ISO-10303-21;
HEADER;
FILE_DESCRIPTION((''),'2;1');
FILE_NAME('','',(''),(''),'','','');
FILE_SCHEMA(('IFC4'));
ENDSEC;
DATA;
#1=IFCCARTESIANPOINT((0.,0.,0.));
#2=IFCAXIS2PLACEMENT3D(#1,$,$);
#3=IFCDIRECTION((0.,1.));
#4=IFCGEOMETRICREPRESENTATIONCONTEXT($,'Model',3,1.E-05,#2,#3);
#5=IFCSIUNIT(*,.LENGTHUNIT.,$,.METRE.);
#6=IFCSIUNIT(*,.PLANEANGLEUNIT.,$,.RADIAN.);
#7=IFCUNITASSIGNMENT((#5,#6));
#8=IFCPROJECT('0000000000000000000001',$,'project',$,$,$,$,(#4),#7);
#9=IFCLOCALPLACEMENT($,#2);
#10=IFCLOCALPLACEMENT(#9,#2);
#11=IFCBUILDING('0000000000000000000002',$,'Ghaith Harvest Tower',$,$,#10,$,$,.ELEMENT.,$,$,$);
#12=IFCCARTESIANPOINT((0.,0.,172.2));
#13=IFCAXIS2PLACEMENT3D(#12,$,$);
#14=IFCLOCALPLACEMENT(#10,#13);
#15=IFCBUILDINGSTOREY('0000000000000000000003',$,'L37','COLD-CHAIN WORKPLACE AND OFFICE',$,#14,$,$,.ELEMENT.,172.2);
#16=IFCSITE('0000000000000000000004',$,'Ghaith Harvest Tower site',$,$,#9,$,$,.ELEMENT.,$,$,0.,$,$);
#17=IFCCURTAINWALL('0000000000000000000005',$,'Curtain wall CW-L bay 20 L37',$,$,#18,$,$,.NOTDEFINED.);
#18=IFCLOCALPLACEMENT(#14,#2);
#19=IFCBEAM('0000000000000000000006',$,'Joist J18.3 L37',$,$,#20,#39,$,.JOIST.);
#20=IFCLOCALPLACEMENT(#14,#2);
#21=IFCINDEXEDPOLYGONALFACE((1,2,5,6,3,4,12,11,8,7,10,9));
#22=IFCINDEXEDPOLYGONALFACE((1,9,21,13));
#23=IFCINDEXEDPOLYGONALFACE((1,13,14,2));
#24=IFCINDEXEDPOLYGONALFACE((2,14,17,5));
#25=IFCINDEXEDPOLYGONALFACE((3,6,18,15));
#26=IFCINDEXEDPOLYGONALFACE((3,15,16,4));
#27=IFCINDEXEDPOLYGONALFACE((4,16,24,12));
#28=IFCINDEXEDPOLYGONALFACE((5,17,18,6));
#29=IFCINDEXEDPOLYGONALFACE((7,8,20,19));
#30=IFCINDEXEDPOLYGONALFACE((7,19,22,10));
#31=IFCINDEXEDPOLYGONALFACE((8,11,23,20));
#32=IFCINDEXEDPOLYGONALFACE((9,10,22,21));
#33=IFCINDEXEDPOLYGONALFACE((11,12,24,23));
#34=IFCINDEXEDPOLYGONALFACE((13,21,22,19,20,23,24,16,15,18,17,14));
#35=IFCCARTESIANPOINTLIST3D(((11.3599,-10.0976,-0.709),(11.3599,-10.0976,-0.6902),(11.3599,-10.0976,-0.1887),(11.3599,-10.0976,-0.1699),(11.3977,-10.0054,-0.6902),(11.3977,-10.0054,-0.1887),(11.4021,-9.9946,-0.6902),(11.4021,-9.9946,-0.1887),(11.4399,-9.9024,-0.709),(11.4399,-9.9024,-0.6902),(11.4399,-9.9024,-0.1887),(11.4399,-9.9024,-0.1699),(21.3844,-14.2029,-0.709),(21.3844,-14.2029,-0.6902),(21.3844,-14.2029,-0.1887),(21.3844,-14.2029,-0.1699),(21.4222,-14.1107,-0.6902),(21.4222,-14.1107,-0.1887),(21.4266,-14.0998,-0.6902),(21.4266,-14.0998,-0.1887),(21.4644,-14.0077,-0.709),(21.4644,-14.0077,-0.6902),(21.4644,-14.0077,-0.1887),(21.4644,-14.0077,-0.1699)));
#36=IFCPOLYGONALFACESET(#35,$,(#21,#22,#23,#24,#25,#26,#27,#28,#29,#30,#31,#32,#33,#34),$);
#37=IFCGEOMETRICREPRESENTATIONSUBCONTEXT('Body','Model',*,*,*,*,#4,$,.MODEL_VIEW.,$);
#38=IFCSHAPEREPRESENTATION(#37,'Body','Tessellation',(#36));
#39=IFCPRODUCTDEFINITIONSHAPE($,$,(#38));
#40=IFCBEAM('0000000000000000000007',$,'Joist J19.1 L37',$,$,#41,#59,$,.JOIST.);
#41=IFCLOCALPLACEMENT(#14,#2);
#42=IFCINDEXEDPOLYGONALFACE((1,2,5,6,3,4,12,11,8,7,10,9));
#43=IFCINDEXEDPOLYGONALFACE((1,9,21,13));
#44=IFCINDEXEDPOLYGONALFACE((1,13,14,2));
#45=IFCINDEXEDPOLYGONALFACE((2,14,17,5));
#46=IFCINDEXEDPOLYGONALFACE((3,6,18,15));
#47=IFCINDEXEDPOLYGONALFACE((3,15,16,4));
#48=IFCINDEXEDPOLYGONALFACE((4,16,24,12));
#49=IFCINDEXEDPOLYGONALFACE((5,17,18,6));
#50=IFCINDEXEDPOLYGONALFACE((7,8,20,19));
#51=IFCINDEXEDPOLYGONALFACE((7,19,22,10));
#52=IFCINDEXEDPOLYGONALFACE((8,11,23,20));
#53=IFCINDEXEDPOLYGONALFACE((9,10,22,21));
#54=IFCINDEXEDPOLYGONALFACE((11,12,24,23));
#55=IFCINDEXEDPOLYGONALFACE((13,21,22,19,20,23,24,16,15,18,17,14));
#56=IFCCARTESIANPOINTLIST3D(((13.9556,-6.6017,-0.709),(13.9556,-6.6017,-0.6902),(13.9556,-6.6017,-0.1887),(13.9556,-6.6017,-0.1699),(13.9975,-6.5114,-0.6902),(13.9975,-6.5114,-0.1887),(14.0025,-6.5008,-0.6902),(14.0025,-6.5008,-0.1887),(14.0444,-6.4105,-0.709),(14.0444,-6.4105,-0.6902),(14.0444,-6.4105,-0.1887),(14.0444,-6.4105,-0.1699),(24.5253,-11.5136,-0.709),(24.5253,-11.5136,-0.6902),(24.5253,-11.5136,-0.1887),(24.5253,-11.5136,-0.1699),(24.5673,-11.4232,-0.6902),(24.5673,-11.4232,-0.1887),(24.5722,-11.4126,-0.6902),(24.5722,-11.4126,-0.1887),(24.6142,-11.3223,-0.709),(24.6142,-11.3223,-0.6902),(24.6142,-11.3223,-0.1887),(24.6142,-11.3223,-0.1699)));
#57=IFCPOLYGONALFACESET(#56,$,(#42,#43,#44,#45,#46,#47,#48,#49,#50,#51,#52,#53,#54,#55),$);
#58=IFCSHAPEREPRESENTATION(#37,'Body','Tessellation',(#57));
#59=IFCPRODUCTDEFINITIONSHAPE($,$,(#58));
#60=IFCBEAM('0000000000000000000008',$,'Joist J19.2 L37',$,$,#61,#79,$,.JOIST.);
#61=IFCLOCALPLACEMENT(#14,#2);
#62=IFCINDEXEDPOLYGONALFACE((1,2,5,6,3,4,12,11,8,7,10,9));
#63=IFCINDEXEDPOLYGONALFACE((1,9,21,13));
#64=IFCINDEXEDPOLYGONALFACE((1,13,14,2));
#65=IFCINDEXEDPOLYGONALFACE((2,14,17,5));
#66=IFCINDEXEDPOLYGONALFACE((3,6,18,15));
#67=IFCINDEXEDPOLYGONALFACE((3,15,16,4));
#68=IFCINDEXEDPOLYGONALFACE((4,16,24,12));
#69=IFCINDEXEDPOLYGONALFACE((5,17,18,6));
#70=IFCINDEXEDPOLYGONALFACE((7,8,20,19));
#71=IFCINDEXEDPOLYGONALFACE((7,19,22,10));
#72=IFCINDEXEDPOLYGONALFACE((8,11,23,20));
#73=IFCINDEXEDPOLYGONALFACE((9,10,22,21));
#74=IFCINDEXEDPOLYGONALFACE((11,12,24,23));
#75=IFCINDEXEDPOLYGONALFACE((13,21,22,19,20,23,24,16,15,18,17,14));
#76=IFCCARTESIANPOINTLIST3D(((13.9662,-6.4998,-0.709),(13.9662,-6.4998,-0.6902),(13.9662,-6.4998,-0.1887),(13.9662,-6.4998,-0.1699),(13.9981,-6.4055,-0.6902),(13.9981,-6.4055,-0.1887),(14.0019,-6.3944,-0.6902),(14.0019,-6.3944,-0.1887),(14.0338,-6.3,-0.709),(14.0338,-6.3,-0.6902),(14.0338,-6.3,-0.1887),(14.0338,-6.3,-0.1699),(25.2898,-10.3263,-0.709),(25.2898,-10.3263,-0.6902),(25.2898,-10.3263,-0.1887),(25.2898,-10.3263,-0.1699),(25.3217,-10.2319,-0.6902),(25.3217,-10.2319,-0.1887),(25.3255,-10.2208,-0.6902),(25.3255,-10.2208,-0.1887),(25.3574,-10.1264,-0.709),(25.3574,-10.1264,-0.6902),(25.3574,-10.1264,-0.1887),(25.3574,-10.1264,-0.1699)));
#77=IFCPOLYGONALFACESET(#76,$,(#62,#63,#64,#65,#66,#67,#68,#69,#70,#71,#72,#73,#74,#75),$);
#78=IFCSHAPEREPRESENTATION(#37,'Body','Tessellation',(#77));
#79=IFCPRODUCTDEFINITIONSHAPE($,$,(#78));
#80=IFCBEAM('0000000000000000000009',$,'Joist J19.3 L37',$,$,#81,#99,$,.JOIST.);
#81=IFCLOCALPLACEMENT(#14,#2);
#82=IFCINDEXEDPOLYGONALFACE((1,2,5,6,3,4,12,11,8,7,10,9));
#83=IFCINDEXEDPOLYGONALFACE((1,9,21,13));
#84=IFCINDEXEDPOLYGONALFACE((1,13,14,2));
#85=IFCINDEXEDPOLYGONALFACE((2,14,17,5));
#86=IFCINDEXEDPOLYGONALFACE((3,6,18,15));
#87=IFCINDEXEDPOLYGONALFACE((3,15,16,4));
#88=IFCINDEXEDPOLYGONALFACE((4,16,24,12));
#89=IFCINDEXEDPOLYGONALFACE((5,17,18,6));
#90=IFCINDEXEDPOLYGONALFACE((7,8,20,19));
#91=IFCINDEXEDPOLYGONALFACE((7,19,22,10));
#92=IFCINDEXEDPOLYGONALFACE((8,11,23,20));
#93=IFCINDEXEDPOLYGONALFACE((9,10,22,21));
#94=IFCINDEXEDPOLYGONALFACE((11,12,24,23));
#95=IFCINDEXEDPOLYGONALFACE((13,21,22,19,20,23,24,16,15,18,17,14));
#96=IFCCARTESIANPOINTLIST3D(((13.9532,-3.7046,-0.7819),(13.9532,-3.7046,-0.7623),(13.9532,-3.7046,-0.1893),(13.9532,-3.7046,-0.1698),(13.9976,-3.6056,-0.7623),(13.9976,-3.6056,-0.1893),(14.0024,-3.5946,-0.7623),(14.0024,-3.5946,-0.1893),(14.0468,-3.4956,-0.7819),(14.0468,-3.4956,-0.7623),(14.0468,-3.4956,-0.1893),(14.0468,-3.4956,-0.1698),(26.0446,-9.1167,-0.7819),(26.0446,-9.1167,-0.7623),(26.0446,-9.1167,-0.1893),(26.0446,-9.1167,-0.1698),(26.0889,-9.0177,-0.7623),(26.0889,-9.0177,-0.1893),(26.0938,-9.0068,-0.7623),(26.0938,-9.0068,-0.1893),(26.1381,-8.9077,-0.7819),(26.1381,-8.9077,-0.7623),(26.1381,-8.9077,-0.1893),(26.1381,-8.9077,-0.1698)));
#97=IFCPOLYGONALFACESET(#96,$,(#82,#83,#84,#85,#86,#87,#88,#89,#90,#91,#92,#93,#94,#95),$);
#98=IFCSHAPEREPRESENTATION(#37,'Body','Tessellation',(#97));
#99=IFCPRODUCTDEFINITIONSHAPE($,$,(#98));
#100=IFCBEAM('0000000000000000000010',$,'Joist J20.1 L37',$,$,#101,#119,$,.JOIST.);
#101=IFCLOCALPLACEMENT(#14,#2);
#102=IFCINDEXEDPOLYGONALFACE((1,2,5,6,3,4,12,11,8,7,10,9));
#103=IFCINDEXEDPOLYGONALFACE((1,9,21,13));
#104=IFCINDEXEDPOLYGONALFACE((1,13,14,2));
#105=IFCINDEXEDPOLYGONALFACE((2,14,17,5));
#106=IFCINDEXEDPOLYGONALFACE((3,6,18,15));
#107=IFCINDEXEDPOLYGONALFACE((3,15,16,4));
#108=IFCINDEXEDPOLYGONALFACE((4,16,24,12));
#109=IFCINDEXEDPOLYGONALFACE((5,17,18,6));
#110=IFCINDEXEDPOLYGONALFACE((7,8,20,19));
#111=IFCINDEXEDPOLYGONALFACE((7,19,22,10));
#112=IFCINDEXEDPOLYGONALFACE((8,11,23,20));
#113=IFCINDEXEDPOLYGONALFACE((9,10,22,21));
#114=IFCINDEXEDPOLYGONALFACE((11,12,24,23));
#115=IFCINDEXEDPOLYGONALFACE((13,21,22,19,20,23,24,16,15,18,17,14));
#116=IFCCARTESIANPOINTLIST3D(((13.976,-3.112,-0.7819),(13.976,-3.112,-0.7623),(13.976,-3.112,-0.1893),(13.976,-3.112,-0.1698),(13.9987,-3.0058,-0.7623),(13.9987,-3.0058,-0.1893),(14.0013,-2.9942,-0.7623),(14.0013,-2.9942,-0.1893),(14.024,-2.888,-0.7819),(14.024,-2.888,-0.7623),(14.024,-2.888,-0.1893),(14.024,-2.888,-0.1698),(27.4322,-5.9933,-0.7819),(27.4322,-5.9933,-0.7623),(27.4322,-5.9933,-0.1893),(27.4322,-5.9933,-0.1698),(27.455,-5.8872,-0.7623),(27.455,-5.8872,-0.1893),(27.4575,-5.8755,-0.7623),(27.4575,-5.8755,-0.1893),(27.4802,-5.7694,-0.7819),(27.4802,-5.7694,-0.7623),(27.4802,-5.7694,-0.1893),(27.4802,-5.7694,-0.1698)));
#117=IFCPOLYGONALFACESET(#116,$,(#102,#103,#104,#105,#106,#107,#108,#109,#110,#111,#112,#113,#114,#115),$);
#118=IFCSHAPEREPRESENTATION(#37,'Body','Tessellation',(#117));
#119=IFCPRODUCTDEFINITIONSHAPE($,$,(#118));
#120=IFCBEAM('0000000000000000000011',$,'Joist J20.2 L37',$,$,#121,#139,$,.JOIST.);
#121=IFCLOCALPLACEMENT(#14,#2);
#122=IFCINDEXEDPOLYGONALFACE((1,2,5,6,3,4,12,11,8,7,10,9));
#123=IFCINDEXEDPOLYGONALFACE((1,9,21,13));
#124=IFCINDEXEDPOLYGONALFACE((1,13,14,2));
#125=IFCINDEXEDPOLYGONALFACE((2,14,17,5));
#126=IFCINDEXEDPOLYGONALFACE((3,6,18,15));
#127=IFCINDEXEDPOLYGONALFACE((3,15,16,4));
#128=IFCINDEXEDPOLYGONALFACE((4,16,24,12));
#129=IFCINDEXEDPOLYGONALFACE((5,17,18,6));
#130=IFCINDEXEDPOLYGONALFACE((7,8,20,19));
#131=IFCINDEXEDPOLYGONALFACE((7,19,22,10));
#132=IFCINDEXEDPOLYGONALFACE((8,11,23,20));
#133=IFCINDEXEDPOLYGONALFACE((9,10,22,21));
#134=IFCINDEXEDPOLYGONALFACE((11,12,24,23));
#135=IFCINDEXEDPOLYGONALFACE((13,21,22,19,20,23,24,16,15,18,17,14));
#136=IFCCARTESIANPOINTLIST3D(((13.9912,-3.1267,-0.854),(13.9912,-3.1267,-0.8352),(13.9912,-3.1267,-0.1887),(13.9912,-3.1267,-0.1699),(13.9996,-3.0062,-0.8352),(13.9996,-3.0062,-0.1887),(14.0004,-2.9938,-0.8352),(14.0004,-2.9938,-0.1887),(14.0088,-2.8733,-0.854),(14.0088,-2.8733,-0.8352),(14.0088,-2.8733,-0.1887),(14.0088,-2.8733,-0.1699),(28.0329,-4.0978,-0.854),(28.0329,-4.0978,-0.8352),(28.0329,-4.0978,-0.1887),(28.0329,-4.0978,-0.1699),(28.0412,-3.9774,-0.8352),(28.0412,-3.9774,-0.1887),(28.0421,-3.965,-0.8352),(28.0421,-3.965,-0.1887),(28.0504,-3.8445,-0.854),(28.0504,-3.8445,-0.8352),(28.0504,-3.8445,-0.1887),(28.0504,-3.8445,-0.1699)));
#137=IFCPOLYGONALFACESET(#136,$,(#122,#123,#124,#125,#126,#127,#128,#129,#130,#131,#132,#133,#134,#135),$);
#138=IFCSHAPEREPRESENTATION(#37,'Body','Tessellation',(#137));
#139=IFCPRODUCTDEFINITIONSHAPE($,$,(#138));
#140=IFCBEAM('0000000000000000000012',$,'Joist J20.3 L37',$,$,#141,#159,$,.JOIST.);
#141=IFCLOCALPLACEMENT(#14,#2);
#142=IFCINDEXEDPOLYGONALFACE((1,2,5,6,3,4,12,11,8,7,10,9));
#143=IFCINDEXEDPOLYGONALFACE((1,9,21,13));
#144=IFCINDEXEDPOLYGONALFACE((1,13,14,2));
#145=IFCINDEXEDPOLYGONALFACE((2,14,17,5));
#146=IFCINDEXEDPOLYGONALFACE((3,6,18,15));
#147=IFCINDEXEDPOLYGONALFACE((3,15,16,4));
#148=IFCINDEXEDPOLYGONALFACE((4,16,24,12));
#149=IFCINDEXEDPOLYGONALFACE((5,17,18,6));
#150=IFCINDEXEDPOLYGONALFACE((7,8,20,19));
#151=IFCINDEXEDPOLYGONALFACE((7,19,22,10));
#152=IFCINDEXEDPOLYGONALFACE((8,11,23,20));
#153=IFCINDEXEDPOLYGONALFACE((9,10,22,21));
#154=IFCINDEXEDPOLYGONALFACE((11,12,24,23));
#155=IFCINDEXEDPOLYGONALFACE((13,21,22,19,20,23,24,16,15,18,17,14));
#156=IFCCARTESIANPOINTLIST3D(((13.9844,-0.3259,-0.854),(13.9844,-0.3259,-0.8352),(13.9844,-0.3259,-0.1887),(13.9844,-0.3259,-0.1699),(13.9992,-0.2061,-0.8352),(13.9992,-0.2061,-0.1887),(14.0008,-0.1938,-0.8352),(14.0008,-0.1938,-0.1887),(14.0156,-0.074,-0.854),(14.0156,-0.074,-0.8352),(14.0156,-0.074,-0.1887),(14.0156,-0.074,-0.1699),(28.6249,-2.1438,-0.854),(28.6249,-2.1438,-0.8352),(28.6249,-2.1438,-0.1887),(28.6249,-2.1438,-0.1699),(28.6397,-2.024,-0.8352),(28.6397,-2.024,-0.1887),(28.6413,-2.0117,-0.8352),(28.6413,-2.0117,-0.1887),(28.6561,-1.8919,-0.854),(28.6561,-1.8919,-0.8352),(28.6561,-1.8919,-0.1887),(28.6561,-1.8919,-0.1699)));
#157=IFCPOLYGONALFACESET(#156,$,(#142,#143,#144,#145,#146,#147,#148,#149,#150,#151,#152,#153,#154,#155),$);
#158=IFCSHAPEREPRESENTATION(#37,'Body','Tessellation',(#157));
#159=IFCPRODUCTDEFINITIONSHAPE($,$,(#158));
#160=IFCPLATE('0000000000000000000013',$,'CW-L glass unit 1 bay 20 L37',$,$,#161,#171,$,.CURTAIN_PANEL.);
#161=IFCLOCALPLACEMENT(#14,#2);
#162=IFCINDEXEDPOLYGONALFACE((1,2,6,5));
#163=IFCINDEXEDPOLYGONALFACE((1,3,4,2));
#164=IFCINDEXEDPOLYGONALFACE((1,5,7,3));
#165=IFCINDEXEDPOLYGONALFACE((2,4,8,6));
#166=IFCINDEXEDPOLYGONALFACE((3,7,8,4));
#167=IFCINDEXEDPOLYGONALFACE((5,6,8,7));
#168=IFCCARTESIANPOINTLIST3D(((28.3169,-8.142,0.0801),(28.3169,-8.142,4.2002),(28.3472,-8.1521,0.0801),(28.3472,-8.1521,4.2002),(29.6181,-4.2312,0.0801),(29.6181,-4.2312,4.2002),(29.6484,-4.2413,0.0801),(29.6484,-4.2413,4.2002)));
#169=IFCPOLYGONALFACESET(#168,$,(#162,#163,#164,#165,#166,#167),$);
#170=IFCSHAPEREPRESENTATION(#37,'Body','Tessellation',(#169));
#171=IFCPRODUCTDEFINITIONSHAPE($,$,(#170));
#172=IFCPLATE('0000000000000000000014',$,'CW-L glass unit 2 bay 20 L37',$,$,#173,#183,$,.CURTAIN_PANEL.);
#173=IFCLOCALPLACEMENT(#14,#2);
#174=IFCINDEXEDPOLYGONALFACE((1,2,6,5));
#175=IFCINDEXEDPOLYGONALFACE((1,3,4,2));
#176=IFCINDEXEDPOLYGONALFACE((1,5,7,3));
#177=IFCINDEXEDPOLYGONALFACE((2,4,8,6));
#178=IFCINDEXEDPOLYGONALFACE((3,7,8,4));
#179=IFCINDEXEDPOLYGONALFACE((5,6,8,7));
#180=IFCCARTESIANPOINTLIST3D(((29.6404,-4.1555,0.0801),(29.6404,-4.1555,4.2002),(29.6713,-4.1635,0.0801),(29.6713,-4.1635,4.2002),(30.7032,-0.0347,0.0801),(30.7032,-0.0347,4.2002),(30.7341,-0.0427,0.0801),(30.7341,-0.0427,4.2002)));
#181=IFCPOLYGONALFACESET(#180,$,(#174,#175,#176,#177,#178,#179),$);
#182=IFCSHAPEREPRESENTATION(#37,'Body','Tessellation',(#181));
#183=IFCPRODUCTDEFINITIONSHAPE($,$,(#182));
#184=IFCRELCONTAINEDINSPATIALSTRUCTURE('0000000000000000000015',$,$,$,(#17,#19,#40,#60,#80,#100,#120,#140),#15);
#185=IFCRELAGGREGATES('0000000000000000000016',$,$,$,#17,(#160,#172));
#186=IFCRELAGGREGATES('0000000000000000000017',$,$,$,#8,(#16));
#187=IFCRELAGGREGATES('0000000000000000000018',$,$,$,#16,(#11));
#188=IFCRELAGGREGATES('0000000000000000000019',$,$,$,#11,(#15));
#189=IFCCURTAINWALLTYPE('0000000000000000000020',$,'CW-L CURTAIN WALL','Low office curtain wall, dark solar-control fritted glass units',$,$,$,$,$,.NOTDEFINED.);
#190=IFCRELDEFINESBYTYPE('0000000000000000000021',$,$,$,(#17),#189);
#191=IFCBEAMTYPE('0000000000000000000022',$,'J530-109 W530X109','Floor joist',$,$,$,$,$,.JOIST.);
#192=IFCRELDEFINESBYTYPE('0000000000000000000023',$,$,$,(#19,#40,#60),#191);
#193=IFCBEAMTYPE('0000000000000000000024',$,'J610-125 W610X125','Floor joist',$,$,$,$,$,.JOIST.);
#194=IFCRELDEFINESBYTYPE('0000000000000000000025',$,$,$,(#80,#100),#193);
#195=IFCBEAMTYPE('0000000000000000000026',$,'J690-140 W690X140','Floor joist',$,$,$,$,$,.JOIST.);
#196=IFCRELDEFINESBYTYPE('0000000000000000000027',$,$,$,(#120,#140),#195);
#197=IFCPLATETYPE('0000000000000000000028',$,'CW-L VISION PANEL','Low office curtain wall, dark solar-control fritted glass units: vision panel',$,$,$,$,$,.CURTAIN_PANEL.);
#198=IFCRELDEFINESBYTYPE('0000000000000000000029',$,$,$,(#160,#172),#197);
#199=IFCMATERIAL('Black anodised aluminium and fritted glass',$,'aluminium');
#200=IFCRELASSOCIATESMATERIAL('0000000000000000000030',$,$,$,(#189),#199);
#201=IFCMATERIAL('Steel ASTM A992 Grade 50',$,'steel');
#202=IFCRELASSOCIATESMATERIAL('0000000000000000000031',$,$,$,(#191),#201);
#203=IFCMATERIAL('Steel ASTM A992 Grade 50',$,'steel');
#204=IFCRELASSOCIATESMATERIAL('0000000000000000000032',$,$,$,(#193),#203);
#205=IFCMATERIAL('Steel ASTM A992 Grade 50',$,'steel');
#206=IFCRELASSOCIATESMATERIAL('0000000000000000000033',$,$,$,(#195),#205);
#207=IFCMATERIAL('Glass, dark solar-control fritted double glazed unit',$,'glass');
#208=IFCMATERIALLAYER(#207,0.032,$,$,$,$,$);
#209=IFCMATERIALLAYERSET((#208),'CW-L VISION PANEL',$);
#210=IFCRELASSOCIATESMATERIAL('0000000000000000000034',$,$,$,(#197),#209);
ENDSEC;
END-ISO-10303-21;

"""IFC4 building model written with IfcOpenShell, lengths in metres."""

from ifc_helpers import new_model, si_unit, direction, frame, origin, origin_2d, place, context, subcontext, project, spatial, rectangle, i_section, extrude, material, layer, layer_set, material_profile, profile_set, type_object, element, aggregate, save


model = new_model("IFC4")

# Units and contexts
model_context = context("Model", 3, precision=1e-05, world=origin(), true_north=direction((0.0, 1.0)))
body_context = subcontext(model_context, "Body", "Model", "MODEL_VIEW")
ifc_project = project(units=[si_unit("LENGTHUNIT", "METRE"), si_unit("PLANEANGLEUNIT", "RADIAN")], contexts=[model_context])

# Site, building, storey
site_placement = place(None, origin())
site = spatial("IfcSite", under=ifc_project, at=site_placement, Name="Ghaith Harvest Tower site", CompositionType="ELEMENT", RefElevation=0.0)
building_placement = place(site_placement, origin())
building = spatial("IfcBuilding", under=site, at=building_placement, Name="Ghaith Harvest Tower", CompositionType="ELEMENT")
storey_placement = place(building_placement, frame((0.0, 0.0, 172.2)))
storey = spatial("IfcBuildingStorey", under=building, at=storey_placement, Name="L37", Description="COLD-CHAIN WORKPLACE AND OFFICE", CompositionType="ELEMENT", Elevation=172.2)

# Curtain wall
ifc_material_1 = material(Name="Black anodised aluminium and fritted glass", Category="aluminium")
curtain_wall_type = type_object("IfcCurtainWallType", Name="CW-L CURTAIN WALL", Description="Low office curtain wall, dark solar-control fritted glass units", PredefinedType="NOTDEFINED", material=ifc_material_1)
curtain_wall_placement = place(storey_placement, origin())
curtain_wall = element("IfcCurtainWall", 1, at=curtain_wall_placement, inside=storey, type_object=curtain_wall_type, Name="Curtain wall CW-L bay 20 L37", PredefinedType="NOTDEFINED")

# Beams
ifc_material_2 = material(Name="Steel ASTM A992 Grade 50", Category="steel")
ifc_material_profile_1 = material_profile(ifc_material_2, i_section(OverallWidth=0.2109, OverallDepth=0.5391, WebThickness=0.0117, FlangeThickness=0.0188, at=origin_2d()), Name="W530X109")
ifc_profile_set_1 = profile_set([ifc_material_profile_1], Name="Steel ASTM A992 Grade 50")
beam_type_1 = type_object("IfcBeamType", Name="J530-109 W530X109", Description="Floor joist", PredefinedType="JOIST", material=ifc_profile_set_1)
beam_1_placement = place(storey_placement, frame((11.3999, -10.0, -0.4395), z_axis=(0.925407, -0.378975, 0.0), x_axis=(0.378975, 0.925407, 0.0)))
element("IfcBeam", 2, at=beam_1_placement, inside=storey, type_object=beam_type_1, Name="Joist J18.3 L37", PredefinedType="JOIST", context=body_context, shape_type="SweptSolid", body=[
    extrude(i_section(OverallWidth=0.2109, OverallDepth=0.5391, WebThickness=0.0117, FlangeThickness=0.0188, at=origin_2d()), origin(), (0.0, 0.0, 1.0), 10.8325),
])
beam_2_placement = place(storey_placement, frame((14.0, -6.5061, -0.4395), z_axis=(0.906863, -0.421425, 0.0), x_axis=(0.421425, 0.906863, 0.0)))
element("IfcBeam", 3, at=beam_2_placement, inside=storey, type_object=beam_type_1, Name="Joist J19.1 L37", PredefinedType="JOIST", context=body_context, shape_type="SweptSolid", body=[
    extrude(i_section(OverallWidth=0.2109, OverallDepth=0.5391, WebThickness=0.0117, FlangeThickness=0.0188, at=origin_2d()), origin(), (0.0, 0.0, 1.0), 11.6553),
])
beam_3_placement = place(storey_placement, frame((14.0, -6.3999, -0.4395), z_axis=(0.947372, -0.320135, 0.0), x_axis=(0.320135, 0.947372, 0.0)))
element("IfcBeam", 4, at=beam_3_placement, inside=storey, type_object=beam_type_1, Name="Joist J19.2 L37", PredefinedType="JOIST", context=body_context, shape_type="SweptSolid", body=[
    extrude(i_section(OverallWidth=0.2109, OverallDepth=0.5391, WebThickness=0.0117, FlangeThickness=0.0188, at=origin_2d()), origin(), (0.0, 0.0, 1.0), 11.9526),
])
ifc_material_3 = material(Name="Steel ASTM A992 Grade 50", Category="steel")
ifc_material_profile_2 = material_profile(ifc_material_3, i_section(OverallWidth=0.229, OverallDepth=0.6121, WebThickness=0.012, FlangeThickness=0.0195, at=origin_2d()), Name="W610X125")
ifc_profile_set_2 = profile_set([ifc_material_profile_2], Name="Steel ASTM A992 Grade 50")
beam_type_2 = type_object("IfcBeamType", Name="J610-125 W610X125", Description="Floor joist", PredefinedType="JOIST", material=ifc_profile_set_2)
beam_4_placement = place(storey_placement, frame((14.0, -3.6001, -0.4758), z_axis=(0.912738, -0.408545, 0.0), x_axis=(0.408545, 0.912738, 0.0)))
element("IfcBeam", 5, at=beam_4_placement, inside=storey, type_object=beam_type_2, Name="Joist J19.3 L37", PredefinedType="JOIST", context=body_context, shape_type="SweptSolid", body=[
    extrude(i_section(OverallWidth=0.229, OverallDepth=0.6121, WebThickness=0.012, FlangeThickness=0.0195, at=origin_2d()), origin(), (0.0, 0.0, 1.0), 13.2473),
])
beam_5_placement = place(storey_placement, frame((14.0, -3.0, -0.4758), z_axis=(0.977834, -0.20938, 0.0), x_axis=(0.20938, 0.977834, 0.0)))
element("IfcBeam", 6, at=beam_5_placement, inside=storey, type_object=beam_type_2, Name="Joist J20.1 L37", PredefinedType="JOIST", context=body_context, shape_type="SweptSolid", body=[
    extrude(i_section(OverallWidth=0.229, OverallDepth=0.6121, WebThickness=0.012, FlangeThickness=0.0195, at=origin_2d()), origin(), (0.0, 0.0, 1.0), 13.7612),
])
ifc_material_4 = material(Name="Steel ASTM A992 Grade 50", Category="steel")
ifc_material_profile_3 = material_profile(ifc_material_4, i_section(OverallWidth=0.2539, OverallDepth=0.6841, WebThickness=0.0125, FlangeThickness=0.0188, at=origin_2d()), Name="W690X140")
ifc_profile_set_3 = profile_set([ifc_material_profile_3], Name="Steel ASTM A992 Grade 50")
beam_type_3 = type_object("IfcBeamType", Name="J690-140 W690X140", Description="Floor joist", PredefinedType="JOIST", material=ifc_profile_set_3)
beam_6_placement = place(storey_placement, frame((14.0, -3.0, -0.512), z_axis=(0.997617, -0.069, 0.0), x_axis=(0.069, 0.997617, 0.0)))
element("IfcBeam", 7, at=beam_6_placement, inside=storey, type_object=beam_type_3, Name="Joist J20.2 L37", PredefinedType="JOIST", context=body_context, shape_type="SweptSolid", body=[
    extrude(i_section(OverallWidth=0.2539, OverallDepth=0.6841, WebThickness=0.0125, FlangeThickness=0.0188, at=origin_2d()), origin(), (0.0, 0.0, 1.0), 14.0752),
])
beam_7_placement = place(storey_placement, frame((14.0, -0.2, -0.512), z_axis=(0.992379, -0.123222, 0.0), x_axis=(0.123222, 0.992379, 0.0)))
element("IfcBeam", 8, at=beam_7_placement, inside=storey, type_object=beam_type_3, Name="Joist J20.3 L37", PredefinedType="JOIST", context=body_context, shape_type="SweptSolid", body=[
    extrude(i_section(OverallWidth=0.2539, OverallDepth=0.6841, WebThickness=0.0125, FlangeThickness=0.0188, at=origin_2d()), origin(), (0.0, 0.0, 1.0), 14.7529),
])

# Plates
ifc_material_5 = material(Name="Glass, dark solar-control fritted double glazed unit", Category="glass")
ifc_layer_1 = layer(ifc_material_5, 0.032)
ifc_layer_set_1 = layer_set([ifc_layer_1], Name="CW-L VISION PANEL")
plate_type_1 = type_object("IfcPlateType", Name="CW-L VISION PANEL", Description="Low office curtain wall, dark solar-control fritted glass units: vision panel", PredefinedType="CURTAIN_PANEL", material=ifc_layer_set_1)
plate_1_placement = place(storey_placement, frame((28.9827, -6.1917, 0.0801), z_axis=(0.0, 0.0, 1.0), x_axis=(0.315708, 0.948856, 0.0)))
plate_1 = element("IfcPlate", 9, at=plate_1_placement, type_object=plate_type_1, Name="CW-L glass unit 1 bay 20 L37", PredefinedType="CURTAIN_PANEL", context=body_context, shape_type="SweptSolid", body=[
    extrude(rectangle(XDim=4.1216, YDim=0.032, at=origin_2d()), origin(), (0.0, 0.0, 1.0), 4.1201),
])
plate_2_placement = place(storey_placement, frame((30.1873, -2.0991, 0.0801), z_axis=(0.0, 0.0, 1.0), x_axis=(0.249744, 0.968312, 0.0)))
plate_2 = element("IfcPlate", 10, at=plate_2_placement, type_object=plate_type_1, Name="CW-L glass unit 2 bay 20 L37", PredefinedType="CURTAIN_PANEL", context=body_context, shape_type="SweptSolid", body=[
    extrude(rectangle(XDim=4.2556, YDim=0.032, at=origin_2d()), origin(), (0.0, 0.0, 1.0), 4.1201),
])
aggregate(curtain_wall, [plate_1, plate_2])

save(model, "model.ifc")
